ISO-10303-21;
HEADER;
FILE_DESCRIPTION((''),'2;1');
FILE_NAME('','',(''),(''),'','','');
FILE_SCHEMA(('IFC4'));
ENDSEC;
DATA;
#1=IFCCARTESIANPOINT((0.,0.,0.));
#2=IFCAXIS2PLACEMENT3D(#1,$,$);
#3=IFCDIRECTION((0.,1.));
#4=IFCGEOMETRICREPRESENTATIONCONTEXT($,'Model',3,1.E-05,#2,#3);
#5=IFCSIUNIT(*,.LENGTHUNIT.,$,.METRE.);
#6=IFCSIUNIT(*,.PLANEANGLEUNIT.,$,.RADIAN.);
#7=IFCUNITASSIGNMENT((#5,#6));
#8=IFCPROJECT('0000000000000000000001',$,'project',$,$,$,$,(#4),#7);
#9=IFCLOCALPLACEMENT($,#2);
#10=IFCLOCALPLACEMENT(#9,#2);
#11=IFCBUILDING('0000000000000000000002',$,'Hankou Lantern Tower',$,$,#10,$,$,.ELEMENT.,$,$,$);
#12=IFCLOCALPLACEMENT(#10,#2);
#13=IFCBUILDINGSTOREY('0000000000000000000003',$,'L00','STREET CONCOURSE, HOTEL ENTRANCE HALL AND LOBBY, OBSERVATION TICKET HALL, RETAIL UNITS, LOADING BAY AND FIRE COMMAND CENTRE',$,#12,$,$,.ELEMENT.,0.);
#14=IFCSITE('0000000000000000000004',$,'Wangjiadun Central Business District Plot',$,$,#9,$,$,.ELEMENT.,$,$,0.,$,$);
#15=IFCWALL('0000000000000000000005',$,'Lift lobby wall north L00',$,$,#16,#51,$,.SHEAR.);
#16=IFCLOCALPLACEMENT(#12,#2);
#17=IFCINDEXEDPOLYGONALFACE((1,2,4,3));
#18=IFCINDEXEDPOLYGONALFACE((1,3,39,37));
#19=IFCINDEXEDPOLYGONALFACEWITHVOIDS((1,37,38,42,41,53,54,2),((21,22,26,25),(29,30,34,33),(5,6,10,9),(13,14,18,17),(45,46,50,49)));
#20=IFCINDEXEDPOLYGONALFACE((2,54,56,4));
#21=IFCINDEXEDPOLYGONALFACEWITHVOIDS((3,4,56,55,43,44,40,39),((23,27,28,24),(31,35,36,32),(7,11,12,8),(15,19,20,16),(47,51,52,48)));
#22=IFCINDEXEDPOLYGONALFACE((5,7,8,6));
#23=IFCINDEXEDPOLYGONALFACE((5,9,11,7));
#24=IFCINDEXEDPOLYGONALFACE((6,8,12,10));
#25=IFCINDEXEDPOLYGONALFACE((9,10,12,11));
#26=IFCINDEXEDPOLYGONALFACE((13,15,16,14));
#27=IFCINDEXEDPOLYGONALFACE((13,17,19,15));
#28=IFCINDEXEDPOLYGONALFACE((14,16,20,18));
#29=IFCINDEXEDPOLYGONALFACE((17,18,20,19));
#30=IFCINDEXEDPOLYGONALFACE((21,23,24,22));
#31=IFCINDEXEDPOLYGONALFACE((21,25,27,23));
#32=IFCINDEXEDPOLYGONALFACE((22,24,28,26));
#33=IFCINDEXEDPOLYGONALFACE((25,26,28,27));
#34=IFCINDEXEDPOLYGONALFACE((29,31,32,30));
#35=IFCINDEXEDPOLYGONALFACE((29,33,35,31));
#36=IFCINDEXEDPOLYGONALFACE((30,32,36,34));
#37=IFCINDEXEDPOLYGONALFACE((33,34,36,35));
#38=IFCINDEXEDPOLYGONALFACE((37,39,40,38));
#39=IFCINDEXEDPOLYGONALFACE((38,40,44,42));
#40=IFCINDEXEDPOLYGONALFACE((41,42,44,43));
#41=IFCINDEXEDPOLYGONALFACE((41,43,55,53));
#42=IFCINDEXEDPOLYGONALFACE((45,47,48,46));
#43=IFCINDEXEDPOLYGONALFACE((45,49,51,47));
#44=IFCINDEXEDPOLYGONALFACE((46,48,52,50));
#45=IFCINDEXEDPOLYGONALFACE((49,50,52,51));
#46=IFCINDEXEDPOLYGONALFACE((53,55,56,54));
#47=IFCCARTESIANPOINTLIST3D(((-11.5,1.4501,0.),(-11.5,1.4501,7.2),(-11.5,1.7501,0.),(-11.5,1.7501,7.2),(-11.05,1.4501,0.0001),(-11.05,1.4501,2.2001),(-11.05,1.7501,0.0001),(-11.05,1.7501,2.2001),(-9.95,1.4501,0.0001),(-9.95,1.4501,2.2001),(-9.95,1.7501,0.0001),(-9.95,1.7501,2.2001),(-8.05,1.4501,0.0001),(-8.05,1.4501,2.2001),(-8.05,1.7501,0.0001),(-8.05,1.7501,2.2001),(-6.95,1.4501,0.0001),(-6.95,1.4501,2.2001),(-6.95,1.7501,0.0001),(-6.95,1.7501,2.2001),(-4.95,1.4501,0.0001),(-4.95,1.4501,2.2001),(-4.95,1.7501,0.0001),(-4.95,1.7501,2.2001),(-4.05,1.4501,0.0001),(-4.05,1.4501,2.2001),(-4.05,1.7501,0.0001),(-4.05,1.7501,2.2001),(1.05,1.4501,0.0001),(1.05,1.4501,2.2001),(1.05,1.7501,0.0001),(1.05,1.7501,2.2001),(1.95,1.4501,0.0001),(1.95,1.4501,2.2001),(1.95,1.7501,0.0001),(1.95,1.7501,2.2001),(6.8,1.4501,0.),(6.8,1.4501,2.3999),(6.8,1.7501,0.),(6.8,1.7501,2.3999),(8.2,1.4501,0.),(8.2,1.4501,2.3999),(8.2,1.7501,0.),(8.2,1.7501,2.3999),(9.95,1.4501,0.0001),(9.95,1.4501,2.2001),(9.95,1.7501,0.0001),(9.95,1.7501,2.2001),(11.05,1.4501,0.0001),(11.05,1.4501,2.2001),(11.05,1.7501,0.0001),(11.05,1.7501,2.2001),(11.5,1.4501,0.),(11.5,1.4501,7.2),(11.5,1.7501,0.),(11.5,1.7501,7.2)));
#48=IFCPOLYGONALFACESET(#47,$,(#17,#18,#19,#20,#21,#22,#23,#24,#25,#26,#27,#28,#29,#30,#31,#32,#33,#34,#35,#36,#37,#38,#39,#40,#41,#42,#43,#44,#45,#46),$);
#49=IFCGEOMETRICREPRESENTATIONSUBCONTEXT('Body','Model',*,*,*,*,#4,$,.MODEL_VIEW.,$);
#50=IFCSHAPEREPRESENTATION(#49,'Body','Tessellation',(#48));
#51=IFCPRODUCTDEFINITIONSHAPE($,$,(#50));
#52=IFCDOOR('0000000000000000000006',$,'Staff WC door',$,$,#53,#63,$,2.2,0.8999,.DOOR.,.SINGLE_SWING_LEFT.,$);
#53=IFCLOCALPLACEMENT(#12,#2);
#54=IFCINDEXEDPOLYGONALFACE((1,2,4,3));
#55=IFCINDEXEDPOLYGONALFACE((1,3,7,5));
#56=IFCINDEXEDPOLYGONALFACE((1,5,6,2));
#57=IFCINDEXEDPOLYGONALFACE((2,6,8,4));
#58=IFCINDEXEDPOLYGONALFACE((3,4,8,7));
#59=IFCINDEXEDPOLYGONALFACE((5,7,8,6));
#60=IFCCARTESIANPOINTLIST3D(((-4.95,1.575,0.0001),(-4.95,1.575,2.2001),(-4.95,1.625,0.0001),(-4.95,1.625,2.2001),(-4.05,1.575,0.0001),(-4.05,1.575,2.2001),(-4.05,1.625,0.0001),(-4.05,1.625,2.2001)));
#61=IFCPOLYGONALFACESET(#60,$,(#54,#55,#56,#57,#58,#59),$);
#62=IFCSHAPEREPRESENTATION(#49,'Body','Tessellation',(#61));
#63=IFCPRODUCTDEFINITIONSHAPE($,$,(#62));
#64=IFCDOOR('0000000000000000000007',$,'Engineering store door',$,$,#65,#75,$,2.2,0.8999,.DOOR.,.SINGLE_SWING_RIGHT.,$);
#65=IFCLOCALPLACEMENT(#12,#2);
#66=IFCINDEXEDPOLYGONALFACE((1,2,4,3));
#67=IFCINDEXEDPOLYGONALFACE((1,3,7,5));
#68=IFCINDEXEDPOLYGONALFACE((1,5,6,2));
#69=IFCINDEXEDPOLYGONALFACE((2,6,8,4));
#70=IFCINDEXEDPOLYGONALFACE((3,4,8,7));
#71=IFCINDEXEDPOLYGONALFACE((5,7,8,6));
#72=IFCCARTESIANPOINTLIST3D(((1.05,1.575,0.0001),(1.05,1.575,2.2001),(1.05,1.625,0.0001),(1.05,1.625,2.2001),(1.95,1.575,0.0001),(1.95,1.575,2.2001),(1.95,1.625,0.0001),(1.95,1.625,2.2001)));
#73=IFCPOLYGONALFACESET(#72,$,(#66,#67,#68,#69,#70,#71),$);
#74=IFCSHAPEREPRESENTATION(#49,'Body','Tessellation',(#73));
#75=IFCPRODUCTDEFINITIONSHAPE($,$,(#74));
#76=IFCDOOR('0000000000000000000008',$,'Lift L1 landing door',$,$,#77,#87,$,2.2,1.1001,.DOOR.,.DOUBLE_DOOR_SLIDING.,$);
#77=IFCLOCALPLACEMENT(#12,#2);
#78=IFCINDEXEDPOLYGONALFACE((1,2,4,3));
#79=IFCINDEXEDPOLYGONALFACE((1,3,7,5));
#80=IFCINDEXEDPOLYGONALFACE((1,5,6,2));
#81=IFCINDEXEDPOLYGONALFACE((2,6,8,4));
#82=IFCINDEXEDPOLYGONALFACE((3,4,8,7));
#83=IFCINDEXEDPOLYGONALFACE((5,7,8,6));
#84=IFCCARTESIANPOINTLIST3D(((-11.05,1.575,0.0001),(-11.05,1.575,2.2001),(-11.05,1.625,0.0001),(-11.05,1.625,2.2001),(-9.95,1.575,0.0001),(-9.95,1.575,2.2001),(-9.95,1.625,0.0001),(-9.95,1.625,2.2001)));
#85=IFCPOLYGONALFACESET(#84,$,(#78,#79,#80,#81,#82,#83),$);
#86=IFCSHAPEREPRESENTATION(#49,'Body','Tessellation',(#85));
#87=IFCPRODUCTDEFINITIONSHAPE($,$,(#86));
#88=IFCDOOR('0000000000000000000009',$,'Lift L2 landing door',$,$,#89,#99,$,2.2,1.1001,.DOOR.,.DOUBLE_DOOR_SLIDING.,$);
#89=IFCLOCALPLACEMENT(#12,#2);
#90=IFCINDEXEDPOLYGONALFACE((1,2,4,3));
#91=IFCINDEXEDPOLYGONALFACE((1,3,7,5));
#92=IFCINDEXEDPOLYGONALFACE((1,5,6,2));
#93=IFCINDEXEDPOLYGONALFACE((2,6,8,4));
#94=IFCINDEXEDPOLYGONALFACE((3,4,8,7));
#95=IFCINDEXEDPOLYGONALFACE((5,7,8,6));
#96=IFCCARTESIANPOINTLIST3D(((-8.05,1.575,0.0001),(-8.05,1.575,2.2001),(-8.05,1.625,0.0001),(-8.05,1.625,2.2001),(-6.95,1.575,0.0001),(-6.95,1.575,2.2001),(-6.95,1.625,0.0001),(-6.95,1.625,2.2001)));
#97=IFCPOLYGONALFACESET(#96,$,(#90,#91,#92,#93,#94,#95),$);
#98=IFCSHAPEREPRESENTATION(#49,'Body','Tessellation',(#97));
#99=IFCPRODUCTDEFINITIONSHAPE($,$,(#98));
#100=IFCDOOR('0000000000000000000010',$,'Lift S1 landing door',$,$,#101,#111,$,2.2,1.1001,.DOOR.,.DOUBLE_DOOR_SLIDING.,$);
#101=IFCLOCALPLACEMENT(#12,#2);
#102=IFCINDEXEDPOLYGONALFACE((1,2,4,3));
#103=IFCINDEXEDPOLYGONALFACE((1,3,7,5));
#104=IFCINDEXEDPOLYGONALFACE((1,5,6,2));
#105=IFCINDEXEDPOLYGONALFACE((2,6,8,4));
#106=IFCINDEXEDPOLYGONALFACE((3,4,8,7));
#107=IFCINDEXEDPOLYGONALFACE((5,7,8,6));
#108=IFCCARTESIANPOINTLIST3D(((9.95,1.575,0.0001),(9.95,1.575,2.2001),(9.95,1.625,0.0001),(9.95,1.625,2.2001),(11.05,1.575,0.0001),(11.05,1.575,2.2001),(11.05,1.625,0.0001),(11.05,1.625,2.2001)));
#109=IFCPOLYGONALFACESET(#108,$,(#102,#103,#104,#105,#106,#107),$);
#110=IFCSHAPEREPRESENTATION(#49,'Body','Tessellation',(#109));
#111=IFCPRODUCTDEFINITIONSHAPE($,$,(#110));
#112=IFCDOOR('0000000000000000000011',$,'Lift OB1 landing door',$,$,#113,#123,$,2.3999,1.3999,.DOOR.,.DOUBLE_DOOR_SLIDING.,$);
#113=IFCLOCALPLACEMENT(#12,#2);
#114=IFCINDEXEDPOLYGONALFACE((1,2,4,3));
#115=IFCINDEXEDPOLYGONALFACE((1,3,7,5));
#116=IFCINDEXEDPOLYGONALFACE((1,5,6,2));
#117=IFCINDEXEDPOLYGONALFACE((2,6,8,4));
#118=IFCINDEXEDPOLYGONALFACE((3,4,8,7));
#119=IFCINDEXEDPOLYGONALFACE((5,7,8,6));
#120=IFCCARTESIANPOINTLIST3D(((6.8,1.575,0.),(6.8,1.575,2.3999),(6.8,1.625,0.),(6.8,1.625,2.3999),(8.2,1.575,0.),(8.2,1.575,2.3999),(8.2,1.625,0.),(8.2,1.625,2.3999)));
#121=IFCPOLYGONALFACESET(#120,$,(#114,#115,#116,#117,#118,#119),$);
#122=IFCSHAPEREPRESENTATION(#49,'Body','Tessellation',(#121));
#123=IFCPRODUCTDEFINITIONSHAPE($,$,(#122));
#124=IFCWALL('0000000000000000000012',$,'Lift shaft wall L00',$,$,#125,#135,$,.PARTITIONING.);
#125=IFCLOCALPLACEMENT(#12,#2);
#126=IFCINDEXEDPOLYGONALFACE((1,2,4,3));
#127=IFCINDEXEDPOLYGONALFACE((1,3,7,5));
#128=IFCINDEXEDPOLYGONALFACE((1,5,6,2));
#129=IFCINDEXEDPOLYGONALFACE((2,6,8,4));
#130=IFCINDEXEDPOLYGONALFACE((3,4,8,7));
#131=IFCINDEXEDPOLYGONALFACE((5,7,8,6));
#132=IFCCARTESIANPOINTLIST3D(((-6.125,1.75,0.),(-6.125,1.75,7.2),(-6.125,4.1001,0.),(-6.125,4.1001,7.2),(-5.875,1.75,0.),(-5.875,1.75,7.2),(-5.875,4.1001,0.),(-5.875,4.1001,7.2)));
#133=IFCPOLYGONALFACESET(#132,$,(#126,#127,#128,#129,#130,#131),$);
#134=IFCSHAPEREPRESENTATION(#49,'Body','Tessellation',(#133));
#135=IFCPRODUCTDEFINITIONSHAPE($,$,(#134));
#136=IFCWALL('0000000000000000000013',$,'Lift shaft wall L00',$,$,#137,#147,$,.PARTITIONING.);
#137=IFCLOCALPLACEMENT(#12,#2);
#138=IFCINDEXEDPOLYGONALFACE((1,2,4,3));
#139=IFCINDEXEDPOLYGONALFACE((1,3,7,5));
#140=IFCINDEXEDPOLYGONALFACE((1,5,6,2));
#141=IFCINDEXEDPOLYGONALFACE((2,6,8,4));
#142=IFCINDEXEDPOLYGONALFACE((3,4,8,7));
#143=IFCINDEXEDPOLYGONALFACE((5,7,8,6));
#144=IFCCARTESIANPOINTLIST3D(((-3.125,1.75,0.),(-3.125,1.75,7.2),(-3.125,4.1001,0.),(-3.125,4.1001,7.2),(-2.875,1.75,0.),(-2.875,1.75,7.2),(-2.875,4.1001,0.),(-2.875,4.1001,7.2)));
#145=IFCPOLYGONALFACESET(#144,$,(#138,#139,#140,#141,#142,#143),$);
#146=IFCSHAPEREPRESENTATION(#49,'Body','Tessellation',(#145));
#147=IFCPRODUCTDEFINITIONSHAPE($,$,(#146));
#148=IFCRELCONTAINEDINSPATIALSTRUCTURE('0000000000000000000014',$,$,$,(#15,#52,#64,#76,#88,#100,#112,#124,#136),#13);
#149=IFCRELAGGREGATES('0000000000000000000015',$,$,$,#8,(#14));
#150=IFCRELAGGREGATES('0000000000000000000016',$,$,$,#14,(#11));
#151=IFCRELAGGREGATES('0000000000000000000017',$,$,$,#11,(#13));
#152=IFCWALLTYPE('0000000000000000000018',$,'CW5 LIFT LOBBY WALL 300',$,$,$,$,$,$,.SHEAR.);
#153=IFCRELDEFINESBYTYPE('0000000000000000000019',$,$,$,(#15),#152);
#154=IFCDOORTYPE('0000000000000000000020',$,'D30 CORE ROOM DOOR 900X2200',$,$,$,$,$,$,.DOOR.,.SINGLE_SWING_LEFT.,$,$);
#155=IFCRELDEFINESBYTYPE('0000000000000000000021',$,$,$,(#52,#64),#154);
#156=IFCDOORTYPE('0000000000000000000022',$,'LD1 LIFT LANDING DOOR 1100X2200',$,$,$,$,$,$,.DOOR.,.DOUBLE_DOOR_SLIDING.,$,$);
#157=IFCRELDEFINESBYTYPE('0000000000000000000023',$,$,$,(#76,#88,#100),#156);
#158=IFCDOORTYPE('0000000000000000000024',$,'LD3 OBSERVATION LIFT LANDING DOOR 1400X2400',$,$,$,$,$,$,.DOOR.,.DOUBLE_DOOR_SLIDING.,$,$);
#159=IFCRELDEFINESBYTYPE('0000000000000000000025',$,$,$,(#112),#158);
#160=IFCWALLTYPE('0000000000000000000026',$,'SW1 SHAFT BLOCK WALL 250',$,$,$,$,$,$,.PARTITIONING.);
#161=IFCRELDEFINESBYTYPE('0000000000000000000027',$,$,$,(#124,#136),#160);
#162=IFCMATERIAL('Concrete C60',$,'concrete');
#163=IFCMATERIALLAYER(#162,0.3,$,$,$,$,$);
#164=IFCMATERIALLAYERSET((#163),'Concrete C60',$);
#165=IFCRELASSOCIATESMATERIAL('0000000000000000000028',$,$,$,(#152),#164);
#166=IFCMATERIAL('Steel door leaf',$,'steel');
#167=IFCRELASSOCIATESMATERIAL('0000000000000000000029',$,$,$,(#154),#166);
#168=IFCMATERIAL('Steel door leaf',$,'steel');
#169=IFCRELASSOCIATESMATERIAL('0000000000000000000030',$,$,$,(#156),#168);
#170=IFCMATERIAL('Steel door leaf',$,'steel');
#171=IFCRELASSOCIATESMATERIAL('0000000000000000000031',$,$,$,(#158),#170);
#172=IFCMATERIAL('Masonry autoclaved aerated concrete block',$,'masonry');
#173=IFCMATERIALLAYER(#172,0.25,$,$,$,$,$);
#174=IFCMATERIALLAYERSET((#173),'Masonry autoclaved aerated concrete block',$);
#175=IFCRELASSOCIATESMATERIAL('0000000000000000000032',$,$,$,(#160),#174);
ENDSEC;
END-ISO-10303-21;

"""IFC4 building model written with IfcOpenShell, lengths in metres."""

from ifc_helpers import new_model, si_unit, direction, frame, frame_2d, origin, place, context, subcontext, project, spatial, rectangle, extrude, material, layer, layer_set, type_object, element, fill, save


model = new_model("IFC4")

# Units and contexts
model_context = context("Model", 3, precision=1e-05, world=origin(), true_north=direction((0.0, 1.0)))
body_context = subcontext(model_context, "Body", "Model", "MODEL_VIEW")
ifc_project = project(units=[si_unit("LENGTHUNIT", "METRE"), si_unit("PLANEANGLEUNIT", "RADIAN")], contexts=[model_context])

# Site, building, storey
site_placement = place(None, origin())
site = spatial("IfcSite", under=ifc_project, at=site_placement, Name="Wangjiadun Central Business District Plot", CompositionType="ELEMENT", RefElevation=0.0)
building_placement = place(site_placement, origin())
building = spatial("IfcBuilding", under=site, at=building_placement, Name="Hankou Lantern Tower", CompositionType="ELEMENT")
storey_placement = place(building_placement, origin())
storey = spatial("IfcBuildingStorey", under=building, at=storey_placement, Name="L00", Description="STREET CONCOURSE, HOTEL ENTRANCE HALL AND LOBBY, OBSERVATION TICKET HALL, RETAIL UNITS, LOADING BAY AND FIRE COMMAND CENTRE", CompositionType="ELEMENT", Elevation=0.0)

# Wall, openings, doors
ifc_material_1 = material(Name="Concrete C60", Category="concrete")
ifc_layer_1 = layer(ifc_material_1, 0.3)
ifc_layer_set_1 = layer_set([ifc_layer_1], Name="Concrete C60")
wall_type_1 = type_object("IfcWallType", Name="CW5 LIFT LOBBY WALL 300", PredefinedType="SHEAR", material=ifc_layer_set_1)
wall_1_placement = place(storey_placement, frame((-11.5, 1.6001, 0.0), z_axis=(0.0, 0.0, 1.0), x_axis=(1.0, 0.0, 0.0)))
wall_1 = element("IfcWall", 1, at=wall_1_placement, inside=storey, type_object=wall_type_1, Name="Lift lobby wall north L00", PredefinedType="SHEAR", context=body_context, shape_type="SweptSolid", body=[
    extrude(rectangle(XDim=23.0, YDim=0.3, at=frame_2d((11.5, 0.0))), origin(), (0.0, 0.0, 1.0), 7.2),
])
opening_1_placement = place(wall_1_placement, frame((0.45, 0.0, 0.0)))
opening_1 = element("IfcOpeningElement", 2, at=opening_1_placement, cuts=wall_1, PredefinedType="OPENING", context=body_context, shape_type="SweptSolid", body=[
    extrude(rectangle(XDim=1.1001, YDim=2.2, at=frame_2d((0.55, 1.1001))), frame((0.0, 0.1599, 0.0), z_axis=(0.0, -1.0, 0.0), x_axis=(1.0, 0.0, 0.0)), (0.0, 0.0, 1.0), 0.3201),
])
opening_2_placement = place(wall_1_placement, frame((3.45, 0.0, 0.0)))
opening_2 = element("IfcOpeningElement", 3, at=opening_2_placement, cuts=wall_1, PredefinedType="OPENING", context=body_context, shape_type="SweptSolid", body=[
    extrude(rectangle(XDim=1.1001, YDim=2.2, at=frame_2d((0.55, 1.1001))), frame((0.0, 0.1599, 0.0), z_axis=(0.0, -1.0, 0.0), x_axis=(1.0, 0.0, 0.0)), (0.0, 0.0, 1.0), 0.3201),
])
opening_3_placement = place(wall_1_placement, frame((18.3, 0.0, 0.0)))
opening_3 = element("IfcOpeningElement", 4, at=opening_3_placement, cuts=wall_1, PredefinedType="OPENING", context=body_context, shape_type="SweptSolid", body=[
    extrude(rectangle(XDim=1.3999, YDim=2.3999, at=frame_2d((0.7, 1.2))), frame((0.0, 0.1599, 0.0), z_axis=(0.0, -1.0, 0.0), x_axis=(1.0, 0.0, 0.0)), (0.0, 0.0, 1.0), 0.3201),
])
opening_4_placement = place(wall_1_placement, frame((21.45, 0.0, 0.0)))
opening_4 = element("IfcOpeningElement", 5, at=opening_4_placement, cuts=wall_1, PredefinedType="OPENING", context=body_context, shape_type="SweptSolid", body=[
    extrude(rectangle(XDim=1.1001, YDim=2.2, at=frame_2d((0.55, 1.1001))), frame((0.0, 0.1599, 0.0), z_axis=(0.0, -1.0, 0.0), x_axis=(1.0, 0.0, 0.0)), (0.0, 0.0, 1.0), 0.3201),
])
opening_5_placement = place(wall_1_placement, frame((6.55, 0.0, 0.0)))
opening_5 = element("IfcOpeningElement", 6, at=opening_5_placement, cuts=wall_1, PredefinedType="OPENING", context=body_context, shape_type="SweptSolid", body=[
    extrude(rectangle(XDim=0.8999, YDim=2.2, at=frame_2d((0.45, 1.1001))), frame((0.0, 0.1599, 0.0), z_axis=(0.0, -1.0, 0.0), x_axis=(1.0, 0.0, 0.0)), (0.0, 0.0, 1.0), 0.3201),
])
opening_6_placement = place(wall_1_placement, frame((12.55, 0.0, 0.0)))
opening_6 = element("IfcOpeningElement", 7, at=opening_6_placement, cuts=wall_1, PredefinedType="OPENING", context=body_context, shape_type="SweptSolid", body=[
    extrude(rectangle(XDim=0.8999, YDim=2.2, at=frame_2d((0.45, 1.1001))), frame((0.0, 0.1599, 0.0), z_axis=(0.0, -1.0, 0.0), x_axis=(1.0, 0.0, 0.0)), (0.0, 0.0, 1.0), 0.3201),
])
ifc_material_2 = material(Name="Steel door leaf", Category="steel")
door_type_1 = type_object("IfcDoorType", Name="D30 CORE ROOM DOOR 900X2200", OperationType="SINGLE_SWING_LEFT", PredefinedType="DOOR", material=ifc_material_2)
door_1_placement = place(opening_5_placement, origin())
door_1 = element("IfcDoor", 8, at=door_1_placement, inside=storey, type_object=door_type_1, Name="Staff WC door", OperationType="SINGLE_SWING_LEFT", OverallHeight=2.2, OverallWidth=0.8999, PredefinedType="DOOR", context=body_context, shape_type="SweptSolid", body=[
    extrude(rectangle(XDim=0.8999, YDim=2.2, at=frame_2d((0.45, 1.1001))), frame((0.0, 0.0249, 0.0), z_axis=(0.0, -1.0, 0.0), x_axis=(1.0, 0.0, 0.0)), (0.0, 0.0, 1.0), 0.05),
])
fill(opening_5, door_1)
door_2_placement = place(opening_6_placement, origin())
door_2 = element("IfcDoor", 9, at=door_2_placement, inside=storey, type_object=door_type_1, Name="Engineering store door", OperationType="SINGLE_SWING_RIGHT", OverallHeight=2.2, OverallWidth=0.8999, PredefinedType="DOOR", context=body_context, shape_type="SweptSolid", body=[
    extrude(rectangle(XDim=0.8999, YDim=2.2, at=frame_2d((0.45, 1.1001))), frame((0.0, 0.0249, 0.0), z_axis=(0.0, -1.0, 0.0), x_axis=(1.0, 0.0, 0.0)), (0.0, 0.0, 1.0), 0.05),
])
fill(opening_6, door_2)
ifc_material_3 = material(Name="Steel door leaf", Category="steel")
door_type_2 = type_object("IfcDoorType", Name="LD1 LIFT LANDING DOOR 1100X2200", OperationType="DOUBLE_DOOR_SLIDING", PredefinedType="DOOR", material=ifc_material_3)
door_3_placement = place(opening_1_placement, origin())
door_3 = element("IfcDoor", 10, at=door_3_placement, inside=storey, type_object=door_type_2, Name="Lift L1 landing door", OperationType="DOUBLE_DOOR_SLIDING", OverallHeight=2.2, OverallWidth=1.1001, PredefinedType="DOOR", context=body_context, shape_type="SweptSolid", body=[
    extrude(rectangle(XDim=1.1001, YDim=2.2, at=frame_2d((0.55, 1.1001))), frame((0.0, 0.0249, 0.0), z_axis=(0.0, -1.0, 0.0), x_axis=(1.0, 0.0, 0.0)), (0.0, 0.0, 1.0), 0.05),
])
fill(opening_1, door_3)
door_4_placement = place(opening_2_placement, origin())
door_4 = element("IfcDoor", 11, at=door_4_placement, inside=storey, type_object=door_type_2, Name="Lift L2 landing door", OperationType="DOUBLE_DOOR_SLIDING", OverallHeight=2.2, OverallWidth=1.1001, PredefinedType="DOOR", context=body_context, shape_type="SweptSolid", body=[
    extrude(rectangle(XDim=1.1001, YDim=2.2, at=frame_2d((0.55, 1.1001))), frame((0.0, 0.0249, 0.0), z_axis=(0.0, -1.0, 0.0), x_axis=(1.0, 0.0, 0.0)), (0.0, 0.0, 1.0), 0.05),
])
fill(opening_2, door_4)
door_5_placement = place(opening_4_placement, origin())
door_5 = element("IfcDoor", 12, at=door_5_placement, inside=storey, type_object=door_type_2, Name="Lift S1 landing door", OperationType="DOUBLE_DOOR_SLIDING", OverallHeight=2.2, OverallWidth=1.1001, PredefinedType="DOOR", context=body_context, shape_type="SweptSolid", body=[
    extrude(rectangle(XDim=1.1001, YDim=2.2, at=frame_2d((0.55, 1.1001))), frame((0.0, 0.0249, 0.0), z_axis=(0.0, -1.0, 0.0), x_axis=(1.0, 0.0, 0.0)), (0.0, 0.0, 1.0), 0.05),
])
fill(opening_4, door_5)
ifc_material_4 = material(Name="Steel door leaf", Category="steel")
door_type_3 = type_object("IfcDoorType", Name="LD3 OBSERVATION LIFT LANDING DOOR 1400X2400", OperationType="DOUBLE_DOOR_SLIDING", PredefinedType="DOOR", material=ifc_material_4)
door_6_placement = place(opening_3_placement, origin())
door_6 = element("IfcDoor", 13, at=door_6_placement, inside=storey, type_object=door_type_3, Name="Lift OB1 landing door", OperationType="DOUBLE_DOOR_SLIDING", OverallHeight=2.3999, OverallWidth=1.3999, PredefinedType="DOOR", context=body_context, shape_type="SweptSolid", body=[
    extrude(rectangle(XDim=1.3999, YDim=2.3999, at=frame_2d((0.7, 1.2))), frame((0.0, 0.0249, 0.0), z_axis=(0.0, -1.0, 0.0), x_axis=(1.0, 0.0, 0.0)), (0.0, 0.0, 1.0), 0.05),
])
fill(opening_3, door_6)

# Walls
ifc_material_5 = material(Name="Masonry autoclaved aerated concrete block", Category="masonry")
ifc_layer_2 = layer(ifc_material_5, 0.25)
ifc_layer_set_2 = layer_set([ifc_layer_2], Name="Masonry autoclaved aerated concrete block")
wall_type_2 = type_object("IfcWallType", Name="SW1 SHAFT BLOCK WALL 250", PredefinedType="PARTITIONING", material=ifc_layer_set_2)
for number, where, z_axis, x_axis, name in (
    (14, (-6.0, 1.75, 0.0), (0.0, 0.0, 1.0), (0.0, 1.0, 0.0), "Lift shaft wall L00"),
    (15, (-3.0, 1.75, 0.0), (0.0, 0.0, 1.0), (0.0, 1.0, 0.0), "Lift shaft wall L00"),
):
    element("IfcWall", number, at=place(storey_placement, frame(where, z_axis=z_axis, x_axis=x_axis)), inside=storey, type_object=wall_type_2, Name=name, PredefinedType="PARTITIONING", context=body_context, shape_type="SweptSolid", body=[
        extrude(rectangle(XDim=2.3501, YDim=0.25, at=frame_2d((1.175, 0.0))), origin(), (0.0, 0.0, 1.0), 7.2),
    ])

save(model, "model.ifc")
